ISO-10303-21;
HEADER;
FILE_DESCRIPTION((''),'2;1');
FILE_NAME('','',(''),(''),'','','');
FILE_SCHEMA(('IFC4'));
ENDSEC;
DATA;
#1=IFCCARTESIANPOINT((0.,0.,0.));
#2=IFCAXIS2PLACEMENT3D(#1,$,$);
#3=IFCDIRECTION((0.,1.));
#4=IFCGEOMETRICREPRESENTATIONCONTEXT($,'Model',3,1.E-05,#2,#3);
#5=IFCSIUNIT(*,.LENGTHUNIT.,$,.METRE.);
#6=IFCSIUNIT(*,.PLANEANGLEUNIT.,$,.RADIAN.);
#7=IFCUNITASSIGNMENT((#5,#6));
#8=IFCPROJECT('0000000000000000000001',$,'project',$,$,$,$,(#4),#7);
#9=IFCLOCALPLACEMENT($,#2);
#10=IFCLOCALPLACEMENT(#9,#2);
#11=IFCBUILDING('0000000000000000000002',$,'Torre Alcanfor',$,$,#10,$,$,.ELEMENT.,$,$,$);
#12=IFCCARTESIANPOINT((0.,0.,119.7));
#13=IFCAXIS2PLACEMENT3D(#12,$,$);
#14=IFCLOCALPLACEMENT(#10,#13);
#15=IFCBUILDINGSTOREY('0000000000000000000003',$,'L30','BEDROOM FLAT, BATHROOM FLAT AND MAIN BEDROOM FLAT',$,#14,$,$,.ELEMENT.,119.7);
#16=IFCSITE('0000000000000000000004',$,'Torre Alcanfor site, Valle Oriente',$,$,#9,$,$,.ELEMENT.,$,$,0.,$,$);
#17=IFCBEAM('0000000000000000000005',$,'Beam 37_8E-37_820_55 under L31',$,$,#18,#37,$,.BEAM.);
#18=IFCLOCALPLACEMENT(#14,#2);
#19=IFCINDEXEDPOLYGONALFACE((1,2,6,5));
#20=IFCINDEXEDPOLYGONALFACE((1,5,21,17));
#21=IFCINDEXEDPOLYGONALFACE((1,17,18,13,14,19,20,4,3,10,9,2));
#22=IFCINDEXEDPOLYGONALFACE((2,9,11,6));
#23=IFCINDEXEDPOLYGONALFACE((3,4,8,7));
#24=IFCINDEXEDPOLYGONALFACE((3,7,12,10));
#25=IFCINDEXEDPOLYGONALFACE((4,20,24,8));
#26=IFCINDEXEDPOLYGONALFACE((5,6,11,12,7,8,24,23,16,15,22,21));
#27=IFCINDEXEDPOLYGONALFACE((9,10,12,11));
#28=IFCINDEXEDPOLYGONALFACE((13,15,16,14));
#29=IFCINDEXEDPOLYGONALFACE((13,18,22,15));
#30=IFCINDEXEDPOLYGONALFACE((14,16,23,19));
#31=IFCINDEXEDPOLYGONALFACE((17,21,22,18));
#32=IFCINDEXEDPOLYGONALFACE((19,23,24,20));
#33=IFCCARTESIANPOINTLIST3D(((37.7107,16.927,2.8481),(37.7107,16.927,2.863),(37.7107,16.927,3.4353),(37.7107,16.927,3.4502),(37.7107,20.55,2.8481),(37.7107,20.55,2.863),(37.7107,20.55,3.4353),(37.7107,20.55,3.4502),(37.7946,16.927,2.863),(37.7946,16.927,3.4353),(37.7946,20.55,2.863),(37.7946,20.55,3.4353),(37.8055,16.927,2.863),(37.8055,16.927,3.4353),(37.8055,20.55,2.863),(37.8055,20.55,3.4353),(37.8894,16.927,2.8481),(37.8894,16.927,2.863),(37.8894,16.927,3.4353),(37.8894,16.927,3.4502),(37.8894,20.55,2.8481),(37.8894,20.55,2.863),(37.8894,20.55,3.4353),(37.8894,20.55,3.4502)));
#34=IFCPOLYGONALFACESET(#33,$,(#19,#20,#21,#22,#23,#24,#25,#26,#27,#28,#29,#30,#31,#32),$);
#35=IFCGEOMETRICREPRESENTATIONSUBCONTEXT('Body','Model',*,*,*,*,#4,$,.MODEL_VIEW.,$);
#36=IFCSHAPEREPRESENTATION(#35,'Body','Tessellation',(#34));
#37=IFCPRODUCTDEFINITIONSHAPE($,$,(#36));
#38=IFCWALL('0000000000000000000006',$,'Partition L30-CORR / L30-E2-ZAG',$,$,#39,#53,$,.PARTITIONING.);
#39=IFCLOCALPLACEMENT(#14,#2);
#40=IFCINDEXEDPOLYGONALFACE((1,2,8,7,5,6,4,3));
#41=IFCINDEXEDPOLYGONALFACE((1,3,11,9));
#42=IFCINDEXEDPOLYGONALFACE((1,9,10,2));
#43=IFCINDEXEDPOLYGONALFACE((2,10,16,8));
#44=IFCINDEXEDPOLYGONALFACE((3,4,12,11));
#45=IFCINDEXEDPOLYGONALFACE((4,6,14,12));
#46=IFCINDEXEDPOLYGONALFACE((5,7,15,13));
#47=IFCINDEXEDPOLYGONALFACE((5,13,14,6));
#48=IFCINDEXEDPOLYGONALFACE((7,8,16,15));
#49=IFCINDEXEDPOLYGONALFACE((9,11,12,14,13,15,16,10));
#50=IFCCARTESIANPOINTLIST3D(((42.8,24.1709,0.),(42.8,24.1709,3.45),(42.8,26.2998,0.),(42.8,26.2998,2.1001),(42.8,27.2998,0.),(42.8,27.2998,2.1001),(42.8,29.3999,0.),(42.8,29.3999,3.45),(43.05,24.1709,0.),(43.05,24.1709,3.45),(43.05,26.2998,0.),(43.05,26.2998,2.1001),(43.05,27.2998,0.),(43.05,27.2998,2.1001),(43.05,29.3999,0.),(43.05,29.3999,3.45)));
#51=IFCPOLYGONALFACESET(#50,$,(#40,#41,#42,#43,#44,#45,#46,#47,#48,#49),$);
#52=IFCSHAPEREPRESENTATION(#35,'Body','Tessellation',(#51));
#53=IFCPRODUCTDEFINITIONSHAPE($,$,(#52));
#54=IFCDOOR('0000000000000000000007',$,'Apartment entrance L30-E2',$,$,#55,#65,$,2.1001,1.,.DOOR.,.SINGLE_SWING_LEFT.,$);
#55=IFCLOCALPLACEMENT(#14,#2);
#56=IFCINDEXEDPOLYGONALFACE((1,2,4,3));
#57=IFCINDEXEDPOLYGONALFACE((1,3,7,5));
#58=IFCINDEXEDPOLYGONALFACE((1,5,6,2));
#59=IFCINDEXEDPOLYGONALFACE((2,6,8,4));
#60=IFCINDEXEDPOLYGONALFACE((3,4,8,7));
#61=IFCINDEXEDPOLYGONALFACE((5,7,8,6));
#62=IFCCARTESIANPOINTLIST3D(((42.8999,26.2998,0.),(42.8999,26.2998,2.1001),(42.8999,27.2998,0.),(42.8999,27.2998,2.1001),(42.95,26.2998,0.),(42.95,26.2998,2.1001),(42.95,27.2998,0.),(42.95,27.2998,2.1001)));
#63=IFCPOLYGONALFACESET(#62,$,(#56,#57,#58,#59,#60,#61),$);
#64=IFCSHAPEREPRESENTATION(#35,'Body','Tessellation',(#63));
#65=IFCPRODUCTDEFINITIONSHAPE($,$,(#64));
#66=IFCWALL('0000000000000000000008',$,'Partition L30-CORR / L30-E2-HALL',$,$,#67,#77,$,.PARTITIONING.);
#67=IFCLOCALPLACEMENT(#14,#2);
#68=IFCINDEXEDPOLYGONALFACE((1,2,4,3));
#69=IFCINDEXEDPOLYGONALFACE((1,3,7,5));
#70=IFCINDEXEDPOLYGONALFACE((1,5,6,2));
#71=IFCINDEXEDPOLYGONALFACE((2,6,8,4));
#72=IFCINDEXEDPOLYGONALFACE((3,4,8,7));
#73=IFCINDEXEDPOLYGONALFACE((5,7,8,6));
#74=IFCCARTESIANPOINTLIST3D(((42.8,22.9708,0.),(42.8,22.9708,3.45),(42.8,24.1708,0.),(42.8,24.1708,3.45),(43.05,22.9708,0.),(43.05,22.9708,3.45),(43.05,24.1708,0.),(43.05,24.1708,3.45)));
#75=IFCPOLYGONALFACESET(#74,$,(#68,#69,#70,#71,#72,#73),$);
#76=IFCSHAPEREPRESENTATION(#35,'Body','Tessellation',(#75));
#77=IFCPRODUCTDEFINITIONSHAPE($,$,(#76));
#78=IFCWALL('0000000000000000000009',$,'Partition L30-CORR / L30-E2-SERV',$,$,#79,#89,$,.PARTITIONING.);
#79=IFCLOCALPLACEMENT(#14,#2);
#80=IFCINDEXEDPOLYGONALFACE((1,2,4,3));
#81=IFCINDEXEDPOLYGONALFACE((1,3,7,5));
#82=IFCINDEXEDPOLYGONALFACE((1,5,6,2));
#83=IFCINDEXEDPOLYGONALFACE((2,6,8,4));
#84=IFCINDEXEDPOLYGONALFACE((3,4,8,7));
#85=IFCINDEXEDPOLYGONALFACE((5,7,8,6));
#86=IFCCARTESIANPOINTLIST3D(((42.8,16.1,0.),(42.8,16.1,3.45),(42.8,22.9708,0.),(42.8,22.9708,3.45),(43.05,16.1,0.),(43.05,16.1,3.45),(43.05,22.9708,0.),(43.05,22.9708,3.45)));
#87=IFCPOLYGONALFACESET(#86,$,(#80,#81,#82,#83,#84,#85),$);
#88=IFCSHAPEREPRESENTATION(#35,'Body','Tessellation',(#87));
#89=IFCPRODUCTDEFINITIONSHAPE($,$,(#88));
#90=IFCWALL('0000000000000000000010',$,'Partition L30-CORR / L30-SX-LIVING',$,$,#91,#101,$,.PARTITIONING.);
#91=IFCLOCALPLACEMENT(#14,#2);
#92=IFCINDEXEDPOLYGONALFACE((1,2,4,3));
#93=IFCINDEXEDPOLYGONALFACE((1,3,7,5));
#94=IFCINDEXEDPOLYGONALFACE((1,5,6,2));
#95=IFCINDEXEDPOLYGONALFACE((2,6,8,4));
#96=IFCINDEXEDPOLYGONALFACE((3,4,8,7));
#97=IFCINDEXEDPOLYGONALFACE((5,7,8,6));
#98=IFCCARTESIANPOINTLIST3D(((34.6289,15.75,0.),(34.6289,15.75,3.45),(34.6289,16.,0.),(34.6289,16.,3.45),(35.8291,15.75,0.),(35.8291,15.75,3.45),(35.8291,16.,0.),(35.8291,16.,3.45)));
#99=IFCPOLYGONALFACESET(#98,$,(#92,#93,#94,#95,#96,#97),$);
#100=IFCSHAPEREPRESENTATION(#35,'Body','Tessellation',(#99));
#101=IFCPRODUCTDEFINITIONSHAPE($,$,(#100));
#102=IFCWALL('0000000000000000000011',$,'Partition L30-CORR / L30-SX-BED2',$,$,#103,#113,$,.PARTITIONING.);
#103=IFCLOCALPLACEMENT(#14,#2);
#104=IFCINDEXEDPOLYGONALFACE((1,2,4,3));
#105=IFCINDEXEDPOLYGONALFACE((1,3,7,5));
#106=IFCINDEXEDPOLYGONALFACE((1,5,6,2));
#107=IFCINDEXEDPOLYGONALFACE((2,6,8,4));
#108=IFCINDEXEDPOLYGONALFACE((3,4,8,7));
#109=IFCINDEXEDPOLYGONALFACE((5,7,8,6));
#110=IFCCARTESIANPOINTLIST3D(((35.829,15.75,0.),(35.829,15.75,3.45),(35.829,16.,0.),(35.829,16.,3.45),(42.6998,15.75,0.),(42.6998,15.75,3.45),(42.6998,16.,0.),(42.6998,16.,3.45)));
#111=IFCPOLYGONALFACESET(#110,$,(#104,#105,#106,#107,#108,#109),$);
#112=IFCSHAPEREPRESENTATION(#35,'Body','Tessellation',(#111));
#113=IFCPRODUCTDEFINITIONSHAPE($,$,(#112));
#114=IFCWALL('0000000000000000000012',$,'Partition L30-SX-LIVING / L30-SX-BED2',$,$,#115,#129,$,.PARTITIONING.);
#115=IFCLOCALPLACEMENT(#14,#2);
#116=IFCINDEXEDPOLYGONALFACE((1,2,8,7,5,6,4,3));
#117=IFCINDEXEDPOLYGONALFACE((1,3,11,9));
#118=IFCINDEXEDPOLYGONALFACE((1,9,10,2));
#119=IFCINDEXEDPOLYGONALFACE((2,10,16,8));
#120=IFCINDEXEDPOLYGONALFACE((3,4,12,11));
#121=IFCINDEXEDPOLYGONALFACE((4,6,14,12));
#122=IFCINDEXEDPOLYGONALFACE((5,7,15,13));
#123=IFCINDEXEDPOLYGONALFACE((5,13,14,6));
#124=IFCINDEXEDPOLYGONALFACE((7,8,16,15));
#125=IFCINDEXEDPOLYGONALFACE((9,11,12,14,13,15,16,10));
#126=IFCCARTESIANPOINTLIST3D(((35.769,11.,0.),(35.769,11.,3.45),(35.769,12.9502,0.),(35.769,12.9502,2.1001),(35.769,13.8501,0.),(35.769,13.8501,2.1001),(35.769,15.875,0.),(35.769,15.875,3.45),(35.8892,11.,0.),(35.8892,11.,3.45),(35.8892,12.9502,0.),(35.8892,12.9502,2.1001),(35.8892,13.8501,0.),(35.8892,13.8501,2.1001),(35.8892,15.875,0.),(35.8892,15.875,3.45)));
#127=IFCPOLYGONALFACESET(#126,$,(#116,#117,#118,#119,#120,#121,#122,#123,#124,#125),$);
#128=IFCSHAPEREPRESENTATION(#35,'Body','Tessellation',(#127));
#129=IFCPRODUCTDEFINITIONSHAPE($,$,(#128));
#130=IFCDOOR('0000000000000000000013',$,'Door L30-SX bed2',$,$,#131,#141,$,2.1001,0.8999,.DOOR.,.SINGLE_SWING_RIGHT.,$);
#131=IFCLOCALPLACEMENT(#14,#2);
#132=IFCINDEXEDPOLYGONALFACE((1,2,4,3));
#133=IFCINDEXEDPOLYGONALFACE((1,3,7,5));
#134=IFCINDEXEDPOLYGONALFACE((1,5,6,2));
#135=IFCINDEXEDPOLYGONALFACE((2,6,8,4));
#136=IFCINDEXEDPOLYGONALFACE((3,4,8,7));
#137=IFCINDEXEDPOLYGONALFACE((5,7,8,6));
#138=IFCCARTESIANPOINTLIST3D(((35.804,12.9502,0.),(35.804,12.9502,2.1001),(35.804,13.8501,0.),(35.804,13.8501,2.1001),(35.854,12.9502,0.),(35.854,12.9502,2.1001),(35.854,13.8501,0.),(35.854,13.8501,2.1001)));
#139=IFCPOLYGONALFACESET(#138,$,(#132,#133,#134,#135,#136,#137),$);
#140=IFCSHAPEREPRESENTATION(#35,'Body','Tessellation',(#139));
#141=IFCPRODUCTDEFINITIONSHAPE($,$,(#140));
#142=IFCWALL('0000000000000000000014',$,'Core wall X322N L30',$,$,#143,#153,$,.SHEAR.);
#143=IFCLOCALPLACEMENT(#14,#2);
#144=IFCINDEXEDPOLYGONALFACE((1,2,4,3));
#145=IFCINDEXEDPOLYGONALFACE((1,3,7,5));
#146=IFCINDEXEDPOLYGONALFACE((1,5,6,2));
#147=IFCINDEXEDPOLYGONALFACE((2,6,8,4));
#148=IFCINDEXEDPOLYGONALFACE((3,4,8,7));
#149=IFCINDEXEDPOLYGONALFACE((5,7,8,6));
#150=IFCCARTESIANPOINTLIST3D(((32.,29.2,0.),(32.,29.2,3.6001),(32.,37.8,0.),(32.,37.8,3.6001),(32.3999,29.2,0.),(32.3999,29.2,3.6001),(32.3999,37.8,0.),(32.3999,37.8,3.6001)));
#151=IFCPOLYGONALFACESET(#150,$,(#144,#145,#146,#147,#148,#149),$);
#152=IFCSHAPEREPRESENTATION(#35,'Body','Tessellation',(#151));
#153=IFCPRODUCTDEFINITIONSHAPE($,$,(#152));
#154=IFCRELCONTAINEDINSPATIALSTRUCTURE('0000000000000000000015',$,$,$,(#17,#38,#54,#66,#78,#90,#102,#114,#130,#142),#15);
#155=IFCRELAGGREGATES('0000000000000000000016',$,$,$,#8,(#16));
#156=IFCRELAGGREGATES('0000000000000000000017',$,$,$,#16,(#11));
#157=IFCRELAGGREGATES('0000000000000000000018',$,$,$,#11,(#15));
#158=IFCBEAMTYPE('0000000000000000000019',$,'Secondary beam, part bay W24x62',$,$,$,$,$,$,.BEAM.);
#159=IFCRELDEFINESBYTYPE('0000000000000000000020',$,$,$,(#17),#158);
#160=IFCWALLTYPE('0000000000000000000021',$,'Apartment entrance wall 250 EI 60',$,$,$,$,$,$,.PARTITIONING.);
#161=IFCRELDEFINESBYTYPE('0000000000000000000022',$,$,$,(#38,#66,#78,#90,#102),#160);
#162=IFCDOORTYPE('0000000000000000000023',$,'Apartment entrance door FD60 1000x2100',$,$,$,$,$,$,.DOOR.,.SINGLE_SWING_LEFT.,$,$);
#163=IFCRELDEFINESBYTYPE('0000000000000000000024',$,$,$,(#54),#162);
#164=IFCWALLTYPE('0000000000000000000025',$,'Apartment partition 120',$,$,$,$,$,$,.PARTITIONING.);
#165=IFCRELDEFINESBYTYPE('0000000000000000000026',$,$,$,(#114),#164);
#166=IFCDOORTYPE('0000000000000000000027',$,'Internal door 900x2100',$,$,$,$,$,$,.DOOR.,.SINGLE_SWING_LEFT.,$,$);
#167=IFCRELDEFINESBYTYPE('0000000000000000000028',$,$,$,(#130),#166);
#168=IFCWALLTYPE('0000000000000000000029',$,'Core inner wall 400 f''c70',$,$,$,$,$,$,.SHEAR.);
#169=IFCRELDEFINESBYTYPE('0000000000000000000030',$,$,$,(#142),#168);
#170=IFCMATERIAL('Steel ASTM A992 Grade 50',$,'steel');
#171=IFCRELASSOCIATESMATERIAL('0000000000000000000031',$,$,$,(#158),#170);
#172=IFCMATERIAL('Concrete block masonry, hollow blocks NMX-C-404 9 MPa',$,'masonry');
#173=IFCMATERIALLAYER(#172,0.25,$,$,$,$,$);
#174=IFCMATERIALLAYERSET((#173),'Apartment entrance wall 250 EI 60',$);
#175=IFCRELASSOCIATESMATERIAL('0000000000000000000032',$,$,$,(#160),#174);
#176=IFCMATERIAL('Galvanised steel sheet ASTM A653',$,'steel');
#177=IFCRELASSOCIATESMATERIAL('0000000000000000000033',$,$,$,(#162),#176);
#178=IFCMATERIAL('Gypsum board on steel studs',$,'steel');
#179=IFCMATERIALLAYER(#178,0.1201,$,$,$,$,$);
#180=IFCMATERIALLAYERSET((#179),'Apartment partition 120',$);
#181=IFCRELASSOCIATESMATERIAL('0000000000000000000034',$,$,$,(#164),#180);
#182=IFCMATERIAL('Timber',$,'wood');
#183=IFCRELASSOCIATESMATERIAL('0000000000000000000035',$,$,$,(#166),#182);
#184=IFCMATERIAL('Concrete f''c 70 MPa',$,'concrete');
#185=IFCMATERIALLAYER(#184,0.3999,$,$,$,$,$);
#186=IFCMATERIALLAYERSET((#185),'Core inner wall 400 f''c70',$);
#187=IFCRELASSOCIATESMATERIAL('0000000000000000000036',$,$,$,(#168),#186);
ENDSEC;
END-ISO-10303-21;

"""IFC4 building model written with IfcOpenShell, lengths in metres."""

from ifc_helpers import new_model, si_unit, direction, frame, frame_2d, origin, origin_2d, place, context, subcontext, project, spatial, rectangle, i_section, extrude, material, layer, layer_set, material_profile, profile_set, type_object, element, fill, save


model = new_model("IFC4")

# Units and contexts
model_context = context("Model", 3, precision=1e-05, world=origin(), true_north=direction((0.0, 1.0)))
body_context = subcontext(model_context, "Body", "Model", "MODEL_VIEW")
ifc_project = project(units=[si_unit("LENGTHUNIT", "METRE"), si_unit("PLANEANGLEUNIT", "RADIAN")], contexts=[model_context])

# Site, building, storey
site_placement = place(None, origin())
site = spatial("IfcSite", under=ifc_project, at=site_placement, Name="Torre Alcanfor site, Valle Oriente", CompositionType="ELEMENT", RefElevation=0.0)
building_placement = place(site_placement, origin())
building = spatial("IfcBuilding", under=site, at=building_placement, Name="Torre Alcanfor", CompositionType="ELEMENT")
storey_placement = place(building_placement, frame((0.0, 0.0, 119.7)))
storey = spatial("IfcBuildingStorey", under=building, at=storey_placement, Name="L30", Description="BEDROOM FLAT, BATHROOM FLAT AND MAIN BEDROOM FLAT", CompositionType="ELEMENT", Elevation=119.7)

# Beam
ifc_material_1 = material(Name="Steel ASTM A992 Grade 50", Category="steel")
ifc_material_profile_1 = material_profile(ifc_material_1, i_section(OverallWidth=0.1787, OverallDepth=0.6021, WebThickness=0.011, FlangeThickness=0.0149, at=origin_2d()), Name="W24x62")
ifc_profile_set_1 = profile_set([ifc_material_profile_1], Name="Steel ASTM A992 Grade 50")
beam_type_1 = type_object("IfcBeamType", Name="Secondary beam, part bay W24x62", PredefinedType="BEAM", material=ifc_profile_set_1)
beam_1_placement = place(storey_placement, frame((37.8, 16.927, 3.1492), z_axis=(0.0, 1.0, 0.0), x_axis=(-1.0, 0.0, 0.0)))
element("IfcBeam", 1, at=beam_1_placement, inside=storey, type_object=beam_type_1, Name="Beam 37_8E-37_820_55 under L31", PredefinedType="BEAM", context=body_context, shape_type="SweptSolid", body=[
    extrude(i_section(OverallWidth=0.1787, OverallDepth=0.6021, WebThickness=0.011, FlangeThickness=0.0149, at=origin_2d()), origin(), (0.0, 0.0, 1.0), 3.623),
])

# Wall, opening, door
ifc_material_2 = material(Name="Concrete block masonry, hollow blocks NMX-C-404 9 MPa", Category="masonry")
ifc_layer_1 = layer(ifc_material_2, 0.25)
ifc_layer_set_1 = layer_set([ifc_layer_1], Name="Apartment entrance wall 250 EI 60")
wall_type_1 = type_object("IfcWallType", Name="Apartment entrance wall 250 EI 60", PredefinedType="PARTITIONING", material=ifc_layer_set_1)
wall_1_placement = place(storey_placement, frame((42.925, 29.3999, 0.0), z_axis=(0.0, 0.0, 1.0), x_axis=(0.0, -1.0, 0.0)))
wall_1 = element("IfcWall", 2, at=wall_1_placement, inside=storey, type_object=wall_type_1, Name="Partition L30-CORR / L30-E2-ZAG", PredefinedType="PARTITIONING", context=body_context, shape_type="SweptSolid", body=[
    extrude(rectangle(XDim=5.229, YDim=0.25, at=frame_2d((2.6145, 0.0))), origin(), (0.0, 0.0, 1.0), 3.45),
])
opening_1_placement = place(wall_1_placement, frame((2.1001, 0.0, 0.0)))
opening_1 = element("IfcOpeningElement", 3, at=opening_1_placement, cuts=wall_1, PredefinedType="OPENING", context=body_context, shape_type="SweptSolid", body=[
    extrude(rectangle(XDim=1.0, YDim=2.1001, at=frame_2d((0.5, 1.05))), frame((0.0, 0.135, 0.0), z_axis=(0.0, -1.0, 0.0), x_axis=(1.0, 0.0, 0.0)), (0.0, 0.0, 1.0), 0.27),
])
ifc_material_3 = material(Name="Galvanised steel sheet ASTM A653", Category="steel")
door_type_1 = type_object("IfcDoorType", Name="Apartment entrance door FD60 1000x2100", OperationType="SINGLE_SWING_LEFT", PredefinedType="DOOR", material=ifc_material_3)
door_1_placement = place(opening_1_placement, origin())
door_1 = element("IfcDoor", 4, at=door_1_placement, inside=storey, type_object=door_type_1, Name="Apartment entrance L30-E2", OperationType="SINGLE_SWING_LEFT", OverallHeight=2.1001, OverallWidth=1.0, PredefinedType="DOOR", context=body_context, shape_type="SweptSolid", body=[
    extrude(rectangle(XDim=1.0, YDim=2.1001, at=frame_2d((0.5, 1.05))), frame((0.0, 0.0249, 0.0), z_axis=(0.0, -1.0, 0.0), x_axis=(1.0, 0.0, 0.0)), (0.0, 0.0, 1.0), 0.05),
])
fill(opening_1, door_1)

# Walls
wall_2_placement = place(storey_placement, frame((42.925, 24.1709, 0.0), z_axis=(0.0, 0.0, 1.0), x_axis=(0.0, -1.0, 0.0)))
element("IfcWall", 5, at=wall_2_placement, inside=storey, type_object=wall_type_1, Name="Partition L30-CORR / L30-E2-HALL", PredefinedType="PARTITIONING", context=body_context, shape_type="SweptSolid", body=[
    extrude(rectangle(XDim=1.2, YDim=0.25, at=frame_2d((0.6001, 0.0))), origin(), (0.0, 0.0, 1.0), 3.45),
])
wall_3_placement = place(storey_placement, frame((42.925, 22.9709, 0.0), z_axis=(0.0, 0.0, 1.0), x_axis=(0.0, -1.0, 0.0)))
element("IfcWall", 6, at=wall_3_placement, inside=storey, type_object=wall_type_1, Name="Partition L30-CORR / L30-E2-SERV", PredefinedType="PARTITIONING", context=body_context, shape_type="SweptSolid", body=[
    extrude(rectangle(XDim=6.8708, YDim=0.25, at=frame_2d((3.4355, 0.0))), origin(), (0.0, 0.0, 1.0), 3.45),
])
wall_4_placement = place(storey_placement, frame((35.8291, 15.875, 0.0), z_axis=(0.0, 0.0, 1.0), x_axis=(-1.0, 0.0, 0.0)))
element("IfcWall", 7, at=wall_4_placement, inside=storey, type_object=wall_type_1, Name="Partition L30-CORR / L30-SX-LIVING", PredefinedType="PARTITIONING", context=body_context, shape_type="SweptSolid", body=[
    extrude(rectangle(XDim=1.2002, YDim=0.25, at=frame_2d((0.6001, 0.0))), origin(), (0.0, 0.0, 1.0), 3.45),
])
wall_5_placement = place(storey_placement, frame((42.7, 15.875, 0.0), z_axis=(0.0, 0.0, 1.0), x_axis=(-1.0, 0.0, 0.0)))
element("IfcWall", 8, at=wall_5_placement, inside=storey, type_object=wall_type_1, Name="Partition L30-CORR / L30-SX-BED2", PredefinedType="PARTITIONING", context=body_context, shape_type="SweptSolid", body=[
    extrude(rectangle(XDim=6.8708, YDim=0.25, at=frame_2d((3.4355, 0.0))), origin(), (0.0, 0.0, 1.0), 3.45),
])

# Wall, opening, door
ifc_material_4 = material(Name="Gypsum board on steel studs", Category="steel")
ifc_layer_2 = layer(ifc_material_4, 0.1201)
ifc_layer_set_2 = layer_set([ifc_layer_2], Name="Apartment partition 120")
wall_type_2 = type_object("IfcWallType", Name="Apartment partition 120", PredefinedType="PARTITIONING", material=ifc_layer_set_2)
wall_6_placement = place(storey_placement, frame((35.8291, 15.875, 0.0), z_axis=(0.0, 0.0, 1.0), x_axis=(0.0, -1.0, 0.0)))
wall_6 = element("IfcWall", 9, at=wall_6_placement, inside=storey, type_object=wall_type_2, Name="Partition L30-SX-LIVING / L30-SX-BED2", PredefinedType="PARTITIONING", context=body_context, shape_type="SweptSolid", body=[
    extrude(rectangle(XDim=4.875, YDim=0.1201, at=frame_2d((2.4375, 0.0))), origin(), (0.0, 0.0, 1.0), 3.45),
])
opening_2_placement = place(wall_6_placement, frame((2.0249, 0.0, 0.0)))
opening_2 = element("IfcOpeningElement", 10, at=opening_2_placement, cuts=wall_6, PredefinedType="OPENING", context=body_context, shape_type="SweptSolid", body=[
    extrude(rectangle(XDim=0.8999, YDim=2.1001, at=frame_2d((0.45, 1.05))), frame((0.0, 0.0701, 0.0), z_axis=(0.0, -1.0, 0.0), x_axis=(1.0, 0.0, 0.0)), (0.0, 0.0, 1.0), 0.1401),
])
ifc_material_5 = material(Name="Timber", Category="wood")
door_type_2 = type_object("IfcDoorType", Name="Internal door 900x2100", OperationType="SINGLE_SWING_LEFT", PredefinedType="DOOR", material=ifc_material_5)
door_2_placement = place(opening_2_placement, origin())
door_2 = element("IfcDoor", 11, at=door_2_placement, inside=storey, type_object=door_type_2, Name="Door L30-SX bed2", OperationType="SINGLE_SWING_RIGHT", OverallHeight=2.1001, OverallWidth=0.8999, PredefinedType="DOOR", context=body_context, shape_type="SweptSolid", body=[
    extrude(rectangle(XDim=0.8999, YDim=2.1001, at=frame_2d((0.45, 1.05))), frame((0.0, 0.0249, 0.0), z_axis=(0.0, -1.0, 0.0), x_axis=(1.0, 0.0, 0.0)), (0.0, 0.0, 1.0), 0.05),
])
fill(opening_2, door_2)

# Wall
ifc_material_6 = material(Name="Concrete f'c 70 MPa", Category="concrete")
ifc_layer_3 = layer(ifc_material_6, 0.3999)
ifc_layer_set_3 = layer_set([ifc_layer_3], Name="Core inner wall 400 f'c70")
wall_type_3 = type_object("IfcWallType", Name="Core inner wall 400 f'c70", PredefinedType="SHEAR", material=ifc_layer_set_3)
wall_7_placement = place(storey_placement, frame((32.2, 29.2, 0.0), z_axis=(0.0, 0.0, 1.0), x_axis=(0.0, 1.0, 0.0)))
element("IfcWall", 12, at=wall_7_placement, inside=storey, type_object=wall_type_3, Name="Core wall X322N L30", PredefinedType="SHEAR", context=body_context, shape_type="SweptSolid", body=[
    extrude(rectangle(XDim=8.6001, YDim=0.3999, at=frame_2d((4.3, 0.0))), origin(), (0.0, 0.0, 1.0), 3.6001),
])

save(model, "model.ifc")
